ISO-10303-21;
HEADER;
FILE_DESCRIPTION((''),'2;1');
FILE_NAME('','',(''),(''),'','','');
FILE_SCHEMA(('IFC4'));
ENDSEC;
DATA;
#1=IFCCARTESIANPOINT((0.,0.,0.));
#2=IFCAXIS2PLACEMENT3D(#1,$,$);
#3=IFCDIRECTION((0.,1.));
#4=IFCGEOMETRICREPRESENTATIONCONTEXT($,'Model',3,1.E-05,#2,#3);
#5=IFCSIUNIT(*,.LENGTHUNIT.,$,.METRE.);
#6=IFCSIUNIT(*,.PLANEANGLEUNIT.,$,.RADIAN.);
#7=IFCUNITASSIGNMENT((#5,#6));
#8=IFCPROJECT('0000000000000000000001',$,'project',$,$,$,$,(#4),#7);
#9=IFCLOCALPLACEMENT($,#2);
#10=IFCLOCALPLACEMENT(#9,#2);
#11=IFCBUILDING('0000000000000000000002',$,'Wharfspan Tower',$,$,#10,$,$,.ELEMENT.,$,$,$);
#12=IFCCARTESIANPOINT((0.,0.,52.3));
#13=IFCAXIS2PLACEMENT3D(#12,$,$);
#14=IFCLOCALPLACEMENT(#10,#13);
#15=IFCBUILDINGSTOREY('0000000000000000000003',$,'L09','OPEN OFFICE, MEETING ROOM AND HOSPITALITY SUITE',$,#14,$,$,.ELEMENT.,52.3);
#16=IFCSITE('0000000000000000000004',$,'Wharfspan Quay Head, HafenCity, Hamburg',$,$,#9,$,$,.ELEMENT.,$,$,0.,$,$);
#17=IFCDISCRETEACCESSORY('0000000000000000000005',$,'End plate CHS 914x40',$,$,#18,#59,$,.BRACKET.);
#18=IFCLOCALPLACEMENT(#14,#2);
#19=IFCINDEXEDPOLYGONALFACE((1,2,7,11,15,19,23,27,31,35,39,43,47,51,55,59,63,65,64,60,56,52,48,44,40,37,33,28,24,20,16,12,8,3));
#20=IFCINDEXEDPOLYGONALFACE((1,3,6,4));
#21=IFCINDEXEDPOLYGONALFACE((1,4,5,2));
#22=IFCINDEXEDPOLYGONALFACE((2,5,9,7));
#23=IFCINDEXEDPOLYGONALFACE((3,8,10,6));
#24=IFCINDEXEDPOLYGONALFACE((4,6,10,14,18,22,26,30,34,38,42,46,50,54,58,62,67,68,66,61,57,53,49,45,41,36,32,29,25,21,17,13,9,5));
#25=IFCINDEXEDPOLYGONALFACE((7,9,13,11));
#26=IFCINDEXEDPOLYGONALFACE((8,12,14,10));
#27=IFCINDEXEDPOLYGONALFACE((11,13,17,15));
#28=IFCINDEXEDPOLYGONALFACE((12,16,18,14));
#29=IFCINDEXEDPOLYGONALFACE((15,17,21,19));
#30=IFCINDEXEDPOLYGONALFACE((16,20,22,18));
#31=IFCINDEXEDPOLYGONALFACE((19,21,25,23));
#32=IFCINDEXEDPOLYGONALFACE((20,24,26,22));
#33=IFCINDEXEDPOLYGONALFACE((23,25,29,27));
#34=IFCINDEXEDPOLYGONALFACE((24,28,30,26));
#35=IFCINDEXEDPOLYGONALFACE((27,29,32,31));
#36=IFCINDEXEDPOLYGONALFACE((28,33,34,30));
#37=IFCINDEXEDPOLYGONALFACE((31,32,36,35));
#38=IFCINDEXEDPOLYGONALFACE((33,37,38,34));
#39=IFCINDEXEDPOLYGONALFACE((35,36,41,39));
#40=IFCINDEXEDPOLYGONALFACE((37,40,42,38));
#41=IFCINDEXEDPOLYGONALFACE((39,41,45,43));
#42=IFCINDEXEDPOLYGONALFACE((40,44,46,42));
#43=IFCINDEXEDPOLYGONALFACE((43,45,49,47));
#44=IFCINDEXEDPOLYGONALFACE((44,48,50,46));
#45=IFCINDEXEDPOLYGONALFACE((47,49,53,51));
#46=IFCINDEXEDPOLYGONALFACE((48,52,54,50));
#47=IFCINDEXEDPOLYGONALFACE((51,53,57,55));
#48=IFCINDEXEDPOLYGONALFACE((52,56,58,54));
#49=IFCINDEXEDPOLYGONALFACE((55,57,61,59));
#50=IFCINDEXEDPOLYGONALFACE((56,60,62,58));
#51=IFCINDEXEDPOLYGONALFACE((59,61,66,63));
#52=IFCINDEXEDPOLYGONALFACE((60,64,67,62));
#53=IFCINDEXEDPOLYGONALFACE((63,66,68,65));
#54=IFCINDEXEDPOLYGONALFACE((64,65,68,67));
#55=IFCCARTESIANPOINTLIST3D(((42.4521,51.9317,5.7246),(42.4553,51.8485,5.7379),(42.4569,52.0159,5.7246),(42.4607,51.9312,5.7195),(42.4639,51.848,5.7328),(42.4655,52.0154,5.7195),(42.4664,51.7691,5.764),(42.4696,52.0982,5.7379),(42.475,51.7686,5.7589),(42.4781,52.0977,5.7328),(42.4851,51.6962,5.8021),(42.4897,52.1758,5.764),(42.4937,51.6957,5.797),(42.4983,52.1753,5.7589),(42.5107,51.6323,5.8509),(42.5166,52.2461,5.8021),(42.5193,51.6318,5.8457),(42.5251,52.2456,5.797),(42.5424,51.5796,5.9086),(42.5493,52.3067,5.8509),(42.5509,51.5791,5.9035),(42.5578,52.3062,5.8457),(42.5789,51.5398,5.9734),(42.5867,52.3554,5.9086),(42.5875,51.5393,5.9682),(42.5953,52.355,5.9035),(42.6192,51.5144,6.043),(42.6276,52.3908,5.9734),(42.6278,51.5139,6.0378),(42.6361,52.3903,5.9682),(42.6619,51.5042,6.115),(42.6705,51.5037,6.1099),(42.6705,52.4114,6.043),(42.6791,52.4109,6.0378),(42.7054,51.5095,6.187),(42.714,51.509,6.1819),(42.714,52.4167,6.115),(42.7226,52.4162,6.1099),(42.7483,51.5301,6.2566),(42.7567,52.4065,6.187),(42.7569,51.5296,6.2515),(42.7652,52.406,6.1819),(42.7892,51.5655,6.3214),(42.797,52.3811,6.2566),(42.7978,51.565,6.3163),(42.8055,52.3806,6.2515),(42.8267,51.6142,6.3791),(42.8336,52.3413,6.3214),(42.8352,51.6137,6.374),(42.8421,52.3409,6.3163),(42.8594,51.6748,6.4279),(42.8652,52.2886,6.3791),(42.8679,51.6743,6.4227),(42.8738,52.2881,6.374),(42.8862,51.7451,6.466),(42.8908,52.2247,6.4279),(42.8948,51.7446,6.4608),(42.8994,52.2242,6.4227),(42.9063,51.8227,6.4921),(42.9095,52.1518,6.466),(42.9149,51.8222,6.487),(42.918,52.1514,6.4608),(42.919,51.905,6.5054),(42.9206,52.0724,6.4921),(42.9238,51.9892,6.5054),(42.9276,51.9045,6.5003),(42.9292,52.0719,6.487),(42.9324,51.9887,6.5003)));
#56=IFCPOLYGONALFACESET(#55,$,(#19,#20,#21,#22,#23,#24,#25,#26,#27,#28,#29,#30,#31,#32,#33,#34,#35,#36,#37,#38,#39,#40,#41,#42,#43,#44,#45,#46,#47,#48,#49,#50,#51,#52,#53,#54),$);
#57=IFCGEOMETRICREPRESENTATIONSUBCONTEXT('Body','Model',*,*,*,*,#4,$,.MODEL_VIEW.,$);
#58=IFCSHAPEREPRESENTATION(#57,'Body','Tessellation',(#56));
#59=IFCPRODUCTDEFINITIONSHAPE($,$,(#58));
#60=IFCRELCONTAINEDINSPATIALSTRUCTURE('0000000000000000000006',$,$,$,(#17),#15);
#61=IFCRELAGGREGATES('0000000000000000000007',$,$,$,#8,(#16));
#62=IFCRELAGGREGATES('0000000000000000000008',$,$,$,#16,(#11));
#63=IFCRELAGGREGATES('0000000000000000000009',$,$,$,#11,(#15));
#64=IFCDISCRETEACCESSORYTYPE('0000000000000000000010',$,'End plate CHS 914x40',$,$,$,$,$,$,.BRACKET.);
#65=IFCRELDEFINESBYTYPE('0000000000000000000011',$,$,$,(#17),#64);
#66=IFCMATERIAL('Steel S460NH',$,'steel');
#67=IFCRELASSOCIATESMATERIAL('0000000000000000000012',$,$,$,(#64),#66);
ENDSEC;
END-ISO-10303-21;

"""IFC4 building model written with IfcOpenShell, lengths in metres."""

from ifc_helpers import new_model, si_unit, direction, frame, origin, origin_2d, place, context, subcontext, project, spatial, circle, extrude, material, material_profile, profile_set, type_object, element, save


model = new_model("IFC4")

# Units and contexts
model_context = context("Model", 3, precision=1e-05, world=origin(), true_north=direction((0.0, 1.0)))
body_context = subcontext(model_context, "Body", "Model", "MODEL_VIEW")
ifc_project = project(units=[si_unit("LENGTHUNIT", "METRE"), si_unit("PLANEANGLEUNIT", "RADIAN")], contexts=[model_context])

# Site, building, storey
site_placement = place(None, origin())
site = spatial("IfcSite", under=ifc_project, at=site_placement, Name="Wharfspan Quay Head, HafenCity, Hamburg", CompositionType="ELEMENT", RefElevation=0.0)
building_placement = place(site_placement, origin())
building = spatial("IfcBuilding", under=site, at=building_placement, Name="Wharfspan Tower", CompositionType="ELEMENT")
storey_placement = place(building_placement, frame((0.0, 0.0, 52.3)))
storey = spatial("IfcBuildingStorey", under=building, at=storey_placement, Name="L09", Description="OPEN OFFICE, MEETING ROOM AND HOSPITALITY SUITE", CompositionType="ELEMENT", Elevation=52.3)

# Shared definitions
ifc_material_1 = material(Name="Steel S460NH", Category="steel")

# Discrete accessory
ifc_material_profile_1 = material_profile(ifc_material_1, circle(Radius=0.457, at=origin_2d()))
ifc_profile_set_1 = profile_set([ifc_material_profile_1], Name="Steel S460NH")
discrete_accessory_type = type_object("IfcDiscreteAccessoryType", Name="End plate CHS 914x40", PredefinedType="BRACKET", material=ifc_profile_set_1)
for number, where, z_axis, x_axis, name in (
    (1, (42.6965, 51.96, 6.1099), (-0.856465, 0.048941, 0.513879), (-0.05705, -0.998372, 0.0), "End plate CHS 914x40"),
):
    element("IfcDiscreteAccessory", number, at=place(storey_placement, frame(where, z_axis=z_axis, x_axis=x_axis)), inside=storey, type_object=discrete_accessory_type, Name=name, PredefinedType="BRACKET", context=body_context, shape_type="SweptSolid", body=[
        extrude(circle(Radius=0.457, at=origin_2d()), origin(), (0.0, 0.0, 1.0), 0.01),
    ])

save(model, "model.ifc")
